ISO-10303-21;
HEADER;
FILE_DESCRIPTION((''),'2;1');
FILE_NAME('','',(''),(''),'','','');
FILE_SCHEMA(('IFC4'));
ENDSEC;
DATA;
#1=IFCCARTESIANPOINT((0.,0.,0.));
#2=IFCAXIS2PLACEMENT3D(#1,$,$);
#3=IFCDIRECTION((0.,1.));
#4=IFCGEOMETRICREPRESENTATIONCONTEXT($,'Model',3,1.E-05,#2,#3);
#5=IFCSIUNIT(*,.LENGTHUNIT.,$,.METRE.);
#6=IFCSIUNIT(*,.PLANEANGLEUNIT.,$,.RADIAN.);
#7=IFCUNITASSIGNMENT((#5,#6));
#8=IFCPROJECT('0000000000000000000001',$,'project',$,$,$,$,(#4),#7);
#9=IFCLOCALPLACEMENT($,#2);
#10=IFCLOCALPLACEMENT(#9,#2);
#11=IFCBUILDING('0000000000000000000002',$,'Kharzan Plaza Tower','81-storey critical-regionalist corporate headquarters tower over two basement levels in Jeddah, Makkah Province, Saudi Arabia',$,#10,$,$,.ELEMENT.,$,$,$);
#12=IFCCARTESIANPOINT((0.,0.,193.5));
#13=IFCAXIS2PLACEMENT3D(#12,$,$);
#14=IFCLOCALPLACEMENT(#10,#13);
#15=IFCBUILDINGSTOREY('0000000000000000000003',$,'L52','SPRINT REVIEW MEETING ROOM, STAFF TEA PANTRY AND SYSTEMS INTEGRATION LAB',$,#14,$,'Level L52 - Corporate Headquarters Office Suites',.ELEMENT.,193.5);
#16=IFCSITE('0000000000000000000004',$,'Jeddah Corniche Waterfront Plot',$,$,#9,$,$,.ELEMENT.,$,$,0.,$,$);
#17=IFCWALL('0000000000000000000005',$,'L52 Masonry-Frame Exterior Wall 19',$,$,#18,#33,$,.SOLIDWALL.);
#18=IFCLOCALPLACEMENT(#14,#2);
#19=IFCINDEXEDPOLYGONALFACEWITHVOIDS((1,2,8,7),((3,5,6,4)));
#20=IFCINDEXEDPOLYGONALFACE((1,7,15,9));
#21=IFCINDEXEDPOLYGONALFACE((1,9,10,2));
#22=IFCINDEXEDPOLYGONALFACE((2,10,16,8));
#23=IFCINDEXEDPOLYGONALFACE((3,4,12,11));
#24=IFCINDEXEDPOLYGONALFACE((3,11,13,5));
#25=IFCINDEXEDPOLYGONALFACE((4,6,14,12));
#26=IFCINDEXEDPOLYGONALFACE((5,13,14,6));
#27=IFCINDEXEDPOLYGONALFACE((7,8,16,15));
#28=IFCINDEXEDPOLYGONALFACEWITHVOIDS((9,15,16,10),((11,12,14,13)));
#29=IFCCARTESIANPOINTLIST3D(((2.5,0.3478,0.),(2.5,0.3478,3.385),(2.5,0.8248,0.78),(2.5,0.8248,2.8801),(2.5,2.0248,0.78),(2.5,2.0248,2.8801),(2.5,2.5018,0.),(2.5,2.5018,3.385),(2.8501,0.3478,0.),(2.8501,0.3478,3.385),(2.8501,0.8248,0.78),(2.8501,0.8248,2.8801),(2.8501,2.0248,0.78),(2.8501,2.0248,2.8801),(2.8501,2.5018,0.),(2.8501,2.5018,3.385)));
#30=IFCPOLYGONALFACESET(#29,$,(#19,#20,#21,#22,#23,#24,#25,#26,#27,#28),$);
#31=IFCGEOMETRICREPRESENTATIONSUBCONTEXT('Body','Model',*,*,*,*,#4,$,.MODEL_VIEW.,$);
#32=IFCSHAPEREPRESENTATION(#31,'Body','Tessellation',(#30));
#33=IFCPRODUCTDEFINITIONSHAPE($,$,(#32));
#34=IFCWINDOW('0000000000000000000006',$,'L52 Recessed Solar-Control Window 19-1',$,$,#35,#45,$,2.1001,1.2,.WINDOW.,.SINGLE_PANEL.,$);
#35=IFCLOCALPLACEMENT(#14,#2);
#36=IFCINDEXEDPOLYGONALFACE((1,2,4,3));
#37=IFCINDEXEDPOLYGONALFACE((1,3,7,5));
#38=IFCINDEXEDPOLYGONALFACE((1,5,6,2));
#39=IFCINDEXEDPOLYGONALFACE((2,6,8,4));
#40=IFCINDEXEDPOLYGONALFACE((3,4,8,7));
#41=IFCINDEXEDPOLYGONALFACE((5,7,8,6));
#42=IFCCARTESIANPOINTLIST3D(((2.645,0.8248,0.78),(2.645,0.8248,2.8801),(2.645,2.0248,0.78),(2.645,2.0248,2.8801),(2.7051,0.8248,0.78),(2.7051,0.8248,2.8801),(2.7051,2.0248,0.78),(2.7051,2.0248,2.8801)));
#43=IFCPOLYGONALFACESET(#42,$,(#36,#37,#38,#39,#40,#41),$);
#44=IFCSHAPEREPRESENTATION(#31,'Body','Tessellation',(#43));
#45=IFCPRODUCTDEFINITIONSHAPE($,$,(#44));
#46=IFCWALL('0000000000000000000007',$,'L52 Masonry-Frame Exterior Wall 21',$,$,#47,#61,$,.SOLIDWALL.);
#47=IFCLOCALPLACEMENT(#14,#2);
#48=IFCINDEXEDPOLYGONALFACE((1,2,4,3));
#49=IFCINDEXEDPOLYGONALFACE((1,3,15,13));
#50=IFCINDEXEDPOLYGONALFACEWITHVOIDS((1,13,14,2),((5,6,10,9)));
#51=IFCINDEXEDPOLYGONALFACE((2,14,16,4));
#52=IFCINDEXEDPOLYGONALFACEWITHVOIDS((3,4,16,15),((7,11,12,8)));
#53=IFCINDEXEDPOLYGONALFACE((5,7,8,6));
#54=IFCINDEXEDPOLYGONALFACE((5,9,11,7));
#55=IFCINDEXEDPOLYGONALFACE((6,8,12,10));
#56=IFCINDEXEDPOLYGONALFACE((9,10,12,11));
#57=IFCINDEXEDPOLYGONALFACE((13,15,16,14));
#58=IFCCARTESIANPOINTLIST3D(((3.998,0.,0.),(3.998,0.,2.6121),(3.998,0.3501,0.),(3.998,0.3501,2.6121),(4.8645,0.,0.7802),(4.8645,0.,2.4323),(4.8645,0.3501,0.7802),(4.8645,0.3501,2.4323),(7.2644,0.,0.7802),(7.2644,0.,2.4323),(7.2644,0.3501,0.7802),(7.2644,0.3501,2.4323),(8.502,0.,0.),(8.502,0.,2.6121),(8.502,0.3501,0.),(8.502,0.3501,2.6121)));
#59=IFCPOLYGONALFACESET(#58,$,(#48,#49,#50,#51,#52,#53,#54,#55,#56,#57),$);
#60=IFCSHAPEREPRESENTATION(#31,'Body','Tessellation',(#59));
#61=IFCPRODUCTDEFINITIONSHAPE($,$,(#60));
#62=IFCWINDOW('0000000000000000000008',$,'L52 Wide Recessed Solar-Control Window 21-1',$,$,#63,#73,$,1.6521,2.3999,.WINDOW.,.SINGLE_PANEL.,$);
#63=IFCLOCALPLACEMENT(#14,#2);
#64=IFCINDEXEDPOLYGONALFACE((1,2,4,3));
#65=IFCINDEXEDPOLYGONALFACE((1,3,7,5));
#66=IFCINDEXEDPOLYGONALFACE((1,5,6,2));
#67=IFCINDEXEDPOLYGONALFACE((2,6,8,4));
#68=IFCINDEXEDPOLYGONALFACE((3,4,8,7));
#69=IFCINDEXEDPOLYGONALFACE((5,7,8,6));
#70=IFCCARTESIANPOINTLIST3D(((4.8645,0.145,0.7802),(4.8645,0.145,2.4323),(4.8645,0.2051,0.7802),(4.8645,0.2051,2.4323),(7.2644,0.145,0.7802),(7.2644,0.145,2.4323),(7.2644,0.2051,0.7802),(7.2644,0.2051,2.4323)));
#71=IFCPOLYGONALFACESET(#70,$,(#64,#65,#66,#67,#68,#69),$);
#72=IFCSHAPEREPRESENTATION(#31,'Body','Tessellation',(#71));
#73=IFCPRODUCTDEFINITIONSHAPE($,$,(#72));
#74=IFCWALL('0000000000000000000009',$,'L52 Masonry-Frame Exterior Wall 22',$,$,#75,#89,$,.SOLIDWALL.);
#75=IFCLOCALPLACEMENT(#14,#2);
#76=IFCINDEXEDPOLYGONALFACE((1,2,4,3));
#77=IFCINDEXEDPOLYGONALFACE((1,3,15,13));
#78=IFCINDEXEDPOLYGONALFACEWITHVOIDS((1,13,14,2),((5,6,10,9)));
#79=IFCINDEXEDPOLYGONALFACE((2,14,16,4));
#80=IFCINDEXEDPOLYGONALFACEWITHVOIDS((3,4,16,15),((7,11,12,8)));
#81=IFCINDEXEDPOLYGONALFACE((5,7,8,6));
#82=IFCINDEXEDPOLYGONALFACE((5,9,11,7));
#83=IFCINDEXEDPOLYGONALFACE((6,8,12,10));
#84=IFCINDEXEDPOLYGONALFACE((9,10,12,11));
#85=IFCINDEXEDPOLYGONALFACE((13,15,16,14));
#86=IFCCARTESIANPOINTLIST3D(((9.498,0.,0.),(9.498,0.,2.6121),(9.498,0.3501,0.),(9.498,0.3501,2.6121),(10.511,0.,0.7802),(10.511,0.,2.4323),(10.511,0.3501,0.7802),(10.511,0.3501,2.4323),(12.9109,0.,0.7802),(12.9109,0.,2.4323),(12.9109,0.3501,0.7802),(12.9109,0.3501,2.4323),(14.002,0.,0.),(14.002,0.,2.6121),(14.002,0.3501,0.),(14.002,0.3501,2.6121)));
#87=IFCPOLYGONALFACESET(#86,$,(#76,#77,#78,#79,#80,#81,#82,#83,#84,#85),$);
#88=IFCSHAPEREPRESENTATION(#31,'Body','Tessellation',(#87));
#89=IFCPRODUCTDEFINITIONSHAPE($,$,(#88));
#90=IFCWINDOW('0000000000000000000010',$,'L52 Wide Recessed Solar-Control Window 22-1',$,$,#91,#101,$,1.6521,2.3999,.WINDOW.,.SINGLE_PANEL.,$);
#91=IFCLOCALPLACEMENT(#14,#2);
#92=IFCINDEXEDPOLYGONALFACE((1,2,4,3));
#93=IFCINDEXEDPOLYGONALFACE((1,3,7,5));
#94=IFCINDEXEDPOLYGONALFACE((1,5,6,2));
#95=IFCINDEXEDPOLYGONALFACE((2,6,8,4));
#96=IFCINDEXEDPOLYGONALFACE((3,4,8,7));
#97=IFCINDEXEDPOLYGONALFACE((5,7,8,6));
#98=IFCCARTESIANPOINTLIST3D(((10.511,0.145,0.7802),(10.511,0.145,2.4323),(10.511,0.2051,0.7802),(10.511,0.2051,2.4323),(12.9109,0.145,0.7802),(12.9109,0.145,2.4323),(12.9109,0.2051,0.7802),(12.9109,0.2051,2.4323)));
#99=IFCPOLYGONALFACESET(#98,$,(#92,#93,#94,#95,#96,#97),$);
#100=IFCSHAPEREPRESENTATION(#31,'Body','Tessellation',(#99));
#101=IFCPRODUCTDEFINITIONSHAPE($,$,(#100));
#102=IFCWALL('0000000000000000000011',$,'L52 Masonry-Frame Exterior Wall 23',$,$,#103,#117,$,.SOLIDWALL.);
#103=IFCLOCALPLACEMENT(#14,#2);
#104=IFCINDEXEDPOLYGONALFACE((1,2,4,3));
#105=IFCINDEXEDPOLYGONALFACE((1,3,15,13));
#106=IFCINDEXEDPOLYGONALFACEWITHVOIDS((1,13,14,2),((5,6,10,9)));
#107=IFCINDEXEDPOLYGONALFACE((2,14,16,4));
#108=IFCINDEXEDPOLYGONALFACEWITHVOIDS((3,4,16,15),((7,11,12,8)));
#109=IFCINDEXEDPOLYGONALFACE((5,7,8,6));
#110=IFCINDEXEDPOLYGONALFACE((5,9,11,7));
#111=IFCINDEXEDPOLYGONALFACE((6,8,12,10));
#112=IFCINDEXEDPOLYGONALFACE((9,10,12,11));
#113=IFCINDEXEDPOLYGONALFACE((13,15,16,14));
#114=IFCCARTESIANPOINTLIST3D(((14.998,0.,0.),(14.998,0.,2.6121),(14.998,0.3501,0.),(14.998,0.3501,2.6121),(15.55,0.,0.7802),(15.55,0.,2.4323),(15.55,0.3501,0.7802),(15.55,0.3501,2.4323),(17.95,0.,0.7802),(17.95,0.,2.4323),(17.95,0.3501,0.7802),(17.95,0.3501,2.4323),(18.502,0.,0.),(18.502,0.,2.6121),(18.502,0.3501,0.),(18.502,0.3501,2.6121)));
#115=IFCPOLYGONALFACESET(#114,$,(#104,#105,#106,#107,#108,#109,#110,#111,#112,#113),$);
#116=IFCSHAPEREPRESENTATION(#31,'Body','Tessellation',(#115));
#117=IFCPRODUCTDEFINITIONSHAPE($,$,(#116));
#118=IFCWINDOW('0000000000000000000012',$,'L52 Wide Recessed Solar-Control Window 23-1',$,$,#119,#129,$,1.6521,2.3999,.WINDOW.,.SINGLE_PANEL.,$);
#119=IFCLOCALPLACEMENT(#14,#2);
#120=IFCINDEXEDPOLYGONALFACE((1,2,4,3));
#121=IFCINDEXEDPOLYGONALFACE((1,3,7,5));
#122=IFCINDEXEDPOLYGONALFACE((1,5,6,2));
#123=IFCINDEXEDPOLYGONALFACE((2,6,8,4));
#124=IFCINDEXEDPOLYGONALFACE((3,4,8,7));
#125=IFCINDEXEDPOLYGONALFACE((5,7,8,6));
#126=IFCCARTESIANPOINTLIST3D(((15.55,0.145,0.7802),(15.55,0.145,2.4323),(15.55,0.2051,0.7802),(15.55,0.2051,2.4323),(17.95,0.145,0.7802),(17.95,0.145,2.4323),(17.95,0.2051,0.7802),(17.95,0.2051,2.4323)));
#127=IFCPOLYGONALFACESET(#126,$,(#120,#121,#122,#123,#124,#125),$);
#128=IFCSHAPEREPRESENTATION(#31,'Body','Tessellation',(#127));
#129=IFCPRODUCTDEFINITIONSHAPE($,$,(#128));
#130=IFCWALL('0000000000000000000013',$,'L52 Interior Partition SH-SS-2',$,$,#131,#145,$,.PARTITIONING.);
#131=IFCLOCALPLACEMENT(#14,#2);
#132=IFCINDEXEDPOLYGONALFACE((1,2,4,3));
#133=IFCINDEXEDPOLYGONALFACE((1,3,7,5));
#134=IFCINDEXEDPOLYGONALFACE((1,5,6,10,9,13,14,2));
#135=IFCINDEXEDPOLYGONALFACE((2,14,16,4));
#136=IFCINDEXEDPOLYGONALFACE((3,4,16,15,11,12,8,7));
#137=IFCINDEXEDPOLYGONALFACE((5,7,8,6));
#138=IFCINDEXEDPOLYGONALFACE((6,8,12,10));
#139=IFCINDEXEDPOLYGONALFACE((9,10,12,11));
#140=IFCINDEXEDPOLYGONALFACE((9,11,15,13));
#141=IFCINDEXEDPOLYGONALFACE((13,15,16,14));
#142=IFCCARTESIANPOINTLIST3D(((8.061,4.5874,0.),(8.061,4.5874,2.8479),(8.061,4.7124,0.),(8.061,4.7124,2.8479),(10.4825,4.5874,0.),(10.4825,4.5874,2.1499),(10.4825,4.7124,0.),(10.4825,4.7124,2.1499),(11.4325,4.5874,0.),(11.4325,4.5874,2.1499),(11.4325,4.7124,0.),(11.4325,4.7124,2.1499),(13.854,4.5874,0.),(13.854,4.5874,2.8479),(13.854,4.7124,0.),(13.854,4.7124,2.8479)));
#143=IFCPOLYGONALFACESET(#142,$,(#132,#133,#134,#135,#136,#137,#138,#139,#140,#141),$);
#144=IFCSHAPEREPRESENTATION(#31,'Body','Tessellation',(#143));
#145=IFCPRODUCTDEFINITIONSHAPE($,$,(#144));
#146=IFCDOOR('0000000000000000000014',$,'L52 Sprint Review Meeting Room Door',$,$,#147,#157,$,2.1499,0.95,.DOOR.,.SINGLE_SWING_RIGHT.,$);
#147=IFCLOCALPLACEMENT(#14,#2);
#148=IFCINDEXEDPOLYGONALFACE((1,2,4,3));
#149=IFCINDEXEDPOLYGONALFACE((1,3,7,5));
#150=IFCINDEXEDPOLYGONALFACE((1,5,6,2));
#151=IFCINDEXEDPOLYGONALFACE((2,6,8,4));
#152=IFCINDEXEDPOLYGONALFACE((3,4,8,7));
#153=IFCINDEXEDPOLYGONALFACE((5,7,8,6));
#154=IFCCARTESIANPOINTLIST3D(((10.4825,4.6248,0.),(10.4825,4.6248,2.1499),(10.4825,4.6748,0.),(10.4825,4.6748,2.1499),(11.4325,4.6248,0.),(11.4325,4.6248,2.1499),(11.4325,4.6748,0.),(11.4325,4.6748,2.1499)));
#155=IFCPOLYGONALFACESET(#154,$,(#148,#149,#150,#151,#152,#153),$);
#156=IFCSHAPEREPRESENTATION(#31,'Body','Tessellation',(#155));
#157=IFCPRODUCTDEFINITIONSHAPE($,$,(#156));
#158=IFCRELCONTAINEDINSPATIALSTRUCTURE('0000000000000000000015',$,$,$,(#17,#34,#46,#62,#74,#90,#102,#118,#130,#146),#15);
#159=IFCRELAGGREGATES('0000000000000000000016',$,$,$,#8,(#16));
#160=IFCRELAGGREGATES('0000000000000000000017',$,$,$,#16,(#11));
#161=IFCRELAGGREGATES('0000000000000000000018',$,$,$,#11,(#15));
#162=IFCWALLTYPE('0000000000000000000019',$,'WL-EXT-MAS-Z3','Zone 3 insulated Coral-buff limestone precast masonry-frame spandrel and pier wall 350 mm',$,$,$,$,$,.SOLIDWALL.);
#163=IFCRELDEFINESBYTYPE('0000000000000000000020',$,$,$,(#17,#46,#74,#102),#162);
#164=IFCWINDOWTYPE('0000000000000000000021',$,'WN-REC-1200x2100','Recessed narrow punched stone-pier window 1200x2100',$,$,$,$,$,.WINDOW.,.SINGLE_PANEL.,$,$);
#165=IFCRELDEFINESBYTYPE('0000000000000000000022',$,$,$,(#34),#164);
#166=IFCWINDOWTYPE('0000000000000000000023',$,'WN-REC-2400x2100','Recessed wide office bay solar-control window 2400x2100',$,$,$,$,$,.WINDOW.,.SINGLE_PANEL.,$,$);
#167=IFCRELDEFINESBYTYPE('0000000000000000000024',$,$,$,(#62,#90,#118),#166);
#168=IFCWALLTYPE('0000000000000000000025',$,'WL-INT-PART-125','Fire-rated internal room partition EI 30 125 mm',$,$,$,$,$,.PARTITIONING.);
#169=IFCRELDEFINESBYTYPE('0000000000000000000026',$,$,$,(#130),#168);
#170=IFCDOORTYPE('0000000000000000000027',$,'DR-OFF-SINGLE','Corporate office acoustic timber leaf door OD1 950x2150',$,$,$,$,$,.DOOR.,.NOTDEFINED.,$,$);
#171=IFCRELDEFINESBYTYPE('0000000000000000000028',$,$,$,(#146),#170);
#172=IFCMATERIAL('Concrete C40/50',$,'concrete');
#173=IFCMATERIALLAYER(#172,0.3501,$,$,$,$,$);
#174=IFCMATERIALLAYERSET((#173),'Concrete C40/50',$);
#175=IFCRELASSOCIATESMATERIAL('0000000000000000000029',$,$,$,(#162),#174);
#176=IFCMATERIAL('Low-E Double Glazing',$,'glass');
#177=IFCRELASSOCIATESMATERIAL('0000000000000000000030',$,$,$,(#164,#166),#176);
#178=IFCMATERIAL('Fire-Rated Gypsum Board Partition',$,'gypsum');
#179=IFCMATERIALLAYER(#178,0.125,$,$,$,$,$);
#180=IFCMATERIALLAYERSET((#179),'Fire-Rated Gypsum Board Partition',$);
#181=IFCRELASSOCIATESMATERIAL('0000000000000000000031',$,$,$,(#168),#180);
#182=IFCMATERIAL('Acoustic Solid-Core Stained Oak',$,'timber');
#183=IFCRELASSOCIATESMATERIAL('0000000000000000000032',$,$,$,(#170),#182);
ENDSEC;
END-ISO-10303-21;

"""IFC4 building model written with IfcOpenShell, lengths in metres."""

from ifc_helpers import new_model, si_unit, direction, frame, frame_2d, origin, place, context, subcontext, project, spatial, rectangle, extrude, source, transform, mapped, material, layer, layer_set, type_object, element, fill, save


model = new_model("IFC4")

# Units and contexts
model_context = context("Model", 3, precision=1e-05, world=origin(), true_north=direction((0.0, 1.0)))
body_context = subcontext(model_context, "Body", "Model", "MODEL_VIEW")
ifc_project = project(units=[si_unit("LENGTHUNIT", "METRE"), si_unit("PLANEANGLEUNIT", "RADIAN")], contexts=[model_context])

# Site, building, storey
site_placement = place(None, origin())
site = spatial("IfcSite", under=ifc_project, at=site_placement, Name="Jeddah Corniche Waterfront Plot", CompositionType="ELEMENT", RefElevation=0.0)
building_placement = place(site_placement, origin())
building = spatial("IfcBuilding", under=site, at=building_placement, Name="Kharzan Plaza Tower", Description="81-storey critical-regionalist corporate headquarters tower over two basement levels in Jeddah, Makkah Province, Saudi Arabia", CompositionType="ELEMENT")
storey_placement = place(building_placement, frame((0.0, 0.0, 193.5)))
storey = spatial("IfcBuildingStorey", under=building, at=storey_placement, Name="L52", Description="SPRINT REVIEW MEETING ROOM, STAFF TEA PANTRY AND SYSTEMS INTEGRATION LAB", LongName="Level L52 - Corporate Headquarters Office Suites", CompositionType="ELEMENT", Elevation=193.5)

# Walls, openings, windows
ifc_material_1 = material(Name="Concrete C40/50", Category="concrete")
ifc_layer_1 = layer(ifc_material_1, 0.3501)
ifc_layer_set_1 = layer_set([ifc_layer_1], Name="Concrete C40/50")
wall_type_1 = type_object("IfcWallType", Name="WL-EXT-MAS-Z3", Description="Zone 3 insulated Coral-buff limestone precast masonry-frame spandrel and pier wall 350 mm", PredefinedType="SOLIDWALL", material=ifc_layer_set_1)
wall_1_placement = place(storey_placement, frame((2.675, 2.502, 0.0), z_axis=(0.0, 0.0, 1.0), x_axis=(0.0, -1.0, 0.0)))
wall_1 = element("IfcWall", 1, at=wall_1_placement, inside=storey, type_object=wall_type_1, Name="L52 Masonry-Frame Exterior Wall 19", PredefinedType="SOLIDWALL", context=body_context, shape_type="SweptSolid", body=[
    extrude(rectangle(XDim=2.1541, YDim=0.3501, at=frame_2d((1.0771, 0.0))), origin(), (0.0, 0.0, 1.0), 3.385),
])
opening_1_placement = place(wall_1_placement, frame((0.4771, 0.0, 0.78)))
opening_1 = element("IfcOpeningElement", 2, at=opening_1_placement, cuts=wall_1, PredefinedType="OPENING", context=body_context, shape_type="SweptSolid", body=[
    extrude(rectangle(XDim=1.2, YDim=2.1001, at=frame_2d((0.6001, 1.05))), frame((0.0, 0.1851, 0.0), z_axis=(0.0, -1.0, 0.0), x_axis=(1.0, 0.0, 0.0)), (0.0, 0.0, 1.0), 0.3701),
])
ifc_material_2 = material(Name="Low-E Double Glazing", Category="glass")
window_type_1 = type_object("IfcWindowType", Name="WN-REC-1200x2100", Description="Recessed narrow punched stone-pier window 1200x2100", PartitioningType="SINGLE_PANEL", PredefinedType="WINDOW", material=ifc_material_2)
shared_shape_1 = source(origin(), body_context, "Body", "SweptSolid", [
    extrude(rectangle(XDim=1.2, YDim=2.1001, at=frame_2d((0.6001, 1.05))), frame((0.0, 0.03, 0.0), z_axis=(0.0, -1.0, 0.0), x_axis=(1.0, 0.0, 0.0)), (0.0, 0.0, 1.0), 0.0601),
])
window_1_placement = place(opening_1_placement, origin())
window_1 = element("IfcWindow", 3, at=window_1_placement, inside=storey, type_object=window_type_1, Name="L52 Recessed Solar-Control Window 19-1", OverallHeight=2.1001, OverallWidth=1.2, PartitioningType="SINGLE_PANEL", PredefinedType="WINDOW", context=body_context, shape_type="MappedRepresentation", body=[
    mapped(shared_shape_1, transform((0.0, 0.0, 0.0), x_axis=(1.0, 0.0, 0.0), y_axis=(0.0, 1.0, 0.0), z_axis=(0.0, 0.0, 1.0))),
])
fill(opening_1, window_1)
wall_2_placement = place(storey_placement, frame((3.998, 0.175, 0.0), z_axis=(0.0, 0.0, 1.0), x_axis=(1.0, 0.0, 0.0)))
wall_2 = element("IfcWall", 4, at=wall_2_placement, inside=storey, type_object=wall_type_1, Name="L52 Masonry-Frame Exterior Wall 21", PredefinedType="SOLIDWALL", context=body_context, shape_type="SweptSolid", body=[
    extrude(rectangle(XDim=4.5039, YDim=0.3501, at=frame_2d((2.252, 0.0))), origin(), (0.0, 0.0, 1.0), 2.6121),
])
opening_2_placement = place(wall_2_placement, frame((0.8665, 0.0, 0.78)))
opening_2 = element("IfcOpeningElement", 5, at=opening_2_placement, cuts=wall_2, PredefinedType="OPENING", context=body_context, shape_type="SweptSolid", body=[
    extrude(rectangle(XDim=2.3999, YDim=1.6521, at=frame_2d((1.2, 0.8262))), frame((0.0, 0.1851, 0.0), z_axis=(0.0, -1.0, 0.0), x_axis=(1.0, 0.0, 0.0)), (0.0, 0.0, 1.0), 0.3701),
])
window_type_2 = type_object("IfcWindowType", Name="WN-REC-2400x2100", Description="Recessed wide office bay solar-control window 2400x2100", PartitioningType="SINGLE_PANEL", PredefinedType="WINDOW", material=ifc_material_2)
shared_shape_2 = source(origin(), body_context, "Body", "SweptSolid", [
    extrude(rectangle(XDim=2.3999, YDim=1.6521, at=frame_2d((1.2, 0.8262))), frame((0.0, 0.03, 0.0), z_axis=(0.0, -1.0, 0.0), x_axis=(1.0, 0.0, 0.0)), (0.0, 0.0, 1.0), 0.0601),
])
window_2_placement = place(opening_2_placement, origin())
window_2 = element("IfcWindow", 6, at=window_2_placement, inside=storey, type_object=window_type_2, Name="L52 Wide Recessed Solar-Control Window 21-1", OverallHeight=1.6521, OverallWidth=2.3999, PartitioningType="SINGLE_PANEL", PredefinedType="WINDOW", context=body_context, shape_type="MappedRepresentation", body=[
    mapped(shared_shape_2, transform((0.0, 0.0, 0.0), x_axis=(1.0, 0.0, 0.0), y_axis=(0.0, 1.0, 0.0), z_axis=(0.0, 0.0, 1.0))),
])
fill(opening_2, window_2)
wall_3_placement = place(storey_placement, frame((9.498, 0.175, 0.0), z_axis=(0.0, 0.0, 1.0), x_axis=(1.0, 0.0, 0.0)))
wall_3 = element("IfcWall", 7, at=wall_3_placement, inside=storey, type_object=wall_type_1, Name="L52 Masonry-Frame Exterior Wall 22", PredefinedType="SOLIDWALL", context=body_context, shape_type="SweptSolid", body=[
    extrude(rectangle(XDim=4.5039, YDim=0.3501, at=frame_2d((2.252, 0.0))), origin(), (0.0, 0.0, 1.0), 2.6121),
])
opening_3_placement = place(wall_3_placement, frame((1.0129, 0.0, 0.78)))
opening_3 = element("IfcOpeningElement", 8, at=opening_3_placement, cuts=wall_3, PredefinedType="OPENING", context=body_context, shape_type="SweptSolid", body=[
    extrude(rectangle(XDim=2.3999, YDim=1.6521, at=frame_2d((1.2, 0.8262))), frame((0.0, 0.1851, 0.0), z_axis=(0.0, -1.0, 0.0), x_axis=(1.0, 0.0, 0.0)), (0.0, 0.0, 1.0), 0.3701),
])
window_3_placement = place(opening_3_placement, origin())
window_3 = element("IfcWindow", 9, at=window_3_placement, inside=storey, type_object=window_type_2, Name="L52 Wide Recessed Solar-Control Window 22-1", OverallHeight=1.6521, OverallWidth=2.3999, PartitioningType="SINGLE_PANEL", PredefinedType="WINDOW", context=body_context, shape_type="MappedRepresentation", body=[
    mapped(shared_shape_2, transform((0.0, 0.0, 0.0), x_axis=(1.0, 0.0, 0.0), y_axis=(0.0, 1.0, 0.0), z_axis=(0.0, 0.0, 1.0))),
])
fill(opening_3, window_3)
wall_4_placement = place(storey_placement, frame((14.998, 0.175, 0.0), z_axis=(0.0, 0.0, 1.0), x_axis=(1.0, 0.0, 0.0)))
wall_4 = element("IfcWall", 10, at=wall_4_placement, inside=storey, type_object=wall_type_1, Name="L52 Masonry-Frame Exterior Wall 23", PredefinedType="SOLIDWALL", context=body_context, shape_type="SweptSolid", body=[
    extrude(rectangle(XDim=3.5039, YDim=0.3501, at=frame_2d((1.752, 0.0))), origin(), (0.0, 0.0, 1.0), 2.6121),
])
opening_4_placement = place(wall_4_placement, frame((0.552, 0.0, 0.78)))
opening_4 = element("IfcOpeningElement", 11, at=opening_4_placement, cuts=wall_4, PredefinedType="OPENING", context=body_context, shape_type="SweptSolid", body=[
    extrude(rectangle(XDim=2.3999, YDim=1.6521, at=frame_2d((1.2, 0.8262))), frame((0.0, 0.1851, 0.0), z_axis=(0.0, -1.0, 0.0), x_axis=(1.0, 0.0, 0.0)), (0.0, 0.0, 1.0), 0.3701),
])
window_4_placement = place(opening_4_placement, origin())
window_4 = element("IfcWindow", 12, at=window_4_placement, inside=storey, type_object=window_type_2, Name="L52 Wide Recessed Solar-Control Window 23-1", OverallHeight=1.6521, OverallWidth=2.3999, PartitioningType="SINGLE_PANEL", PredefinedType="WINDOW", context=body_context, shape_type="MappedRepresentation", body=[
    mapped(shared_shape_2, transform((0.0, 0.0, 0.0), x_axis=(1.0, 0.0, 0.0), y_axis=(0.0, 1.0, 0.0), z_axis=(0.0, 0.0, 1.0))),
])
fill(opening_4, window_4)

# Wall, opening, door
ifc_material_3 = material(Name="Fire-Rated Gypsum Board Partition", Category="gypsum")
ifc_layer_2 = layer(ifc_material_3, 0.125)
ifc_layer_set_2 = layer_set([ifc_layer_2], Name="Fire-Rated Gypsum Board Partition")
wall_type_2 = type_object("IfcWallType", Name="WL-INT-PART-125", Description="Fire-rated internal room partition EI 30 125 mm", PredefinedType="PARTITIONING", material=ifc_layer_set_2)
ifc_material_4 = material(Name="Acoustic Solid-Core Stained Oak", Category="timber")
door_type = type_object("IfcDoorType", Name="DR-OFF-SINGLE", Description="Corporate office acoustic timber leaf door OD1 950x2150", OperationType="NOTDEFINED", PredefinedType="DOOR", material=ifc_material_4)
shared_shape_3 = source(origin(), body_context, "Body", "SweptSolid", [
    extrude(rectangle(XDim=0.95, YDim=2.1499, at=frame_2d((0.4751, 1.075))), frame((0.0, 0.0249, 0.0), z_axis=(0.0, -1.0, 0.0), x_axis=(1.0, 0.0, 0.0)), (0.0, 0.0, 1.0), 0.05),
])
wall_5_placement = place(storey_placement, frame((8.061, 4.6499, 0.0), z_axis=(0.0, 0.0, 1.0), x_axis=(1.0, 0.0, 0.0)))
wall_5 = element("IfcWall", 13, at=wall_5_placement, inside=storey, type_object=wall_type_2, Name="L52 Interior Partition SH-SS-2", PredefinedType="PARTITIONING", context=body_context, shape_type="SweptSolid", body=[
    extrude(rectangle(XDim=5.793, YDim=0.125, at=frame_2d((2.8965, 0.0))), origin(), (0.0, 0.0, 1.0), 2.8479),
])
opening_5_placement = place(wall_5_placement, frame((2.4214, 0.0, 0.0)))
opening_5 = element("IfcOpeningElement", 14, at=opening_5_placement, cuts=wall_5, PredefinedType="OPENING", context=body_context, shape_type="SweptSolid", body=[
    extrude(rectangle(XDim=0.95, YDim=2.1499, at=frame_2d((0.4751, 1.075))), frame((0.0, 0.0725, 0.0), z_axis=(0.0, -1.0, 0.0), x_axis=(1.0, 0.0, 0.0)), (0.0, 0.0, 1.0), 0.145),
])
door_1_placement = place(opening_5_placement, origin())
door_1 = element("IfcDoor", 15, at=door_1_placement, inside=storey, type_object=door_type, Name="L52 Sprint Review Meeting Room Door", OperationType="SINGLE_SWING_RIGHT", OverallHeight=2.1499, OverallWidth=0.95, PredefinedType="DOOR", context=body_context, shape_type="MappedRepresentation", body=[
    mapped(shared_shape_3, transform((0.0, 0.0, 0.0), x_axis=(1.0, 0.0, 0.0), y_axis=(0.0, 1.0, 0.0), z_axis=(0.0, 0.0, 1.0))),
])
fill(opening_5, door_1)

save(model, "model.ifc")
